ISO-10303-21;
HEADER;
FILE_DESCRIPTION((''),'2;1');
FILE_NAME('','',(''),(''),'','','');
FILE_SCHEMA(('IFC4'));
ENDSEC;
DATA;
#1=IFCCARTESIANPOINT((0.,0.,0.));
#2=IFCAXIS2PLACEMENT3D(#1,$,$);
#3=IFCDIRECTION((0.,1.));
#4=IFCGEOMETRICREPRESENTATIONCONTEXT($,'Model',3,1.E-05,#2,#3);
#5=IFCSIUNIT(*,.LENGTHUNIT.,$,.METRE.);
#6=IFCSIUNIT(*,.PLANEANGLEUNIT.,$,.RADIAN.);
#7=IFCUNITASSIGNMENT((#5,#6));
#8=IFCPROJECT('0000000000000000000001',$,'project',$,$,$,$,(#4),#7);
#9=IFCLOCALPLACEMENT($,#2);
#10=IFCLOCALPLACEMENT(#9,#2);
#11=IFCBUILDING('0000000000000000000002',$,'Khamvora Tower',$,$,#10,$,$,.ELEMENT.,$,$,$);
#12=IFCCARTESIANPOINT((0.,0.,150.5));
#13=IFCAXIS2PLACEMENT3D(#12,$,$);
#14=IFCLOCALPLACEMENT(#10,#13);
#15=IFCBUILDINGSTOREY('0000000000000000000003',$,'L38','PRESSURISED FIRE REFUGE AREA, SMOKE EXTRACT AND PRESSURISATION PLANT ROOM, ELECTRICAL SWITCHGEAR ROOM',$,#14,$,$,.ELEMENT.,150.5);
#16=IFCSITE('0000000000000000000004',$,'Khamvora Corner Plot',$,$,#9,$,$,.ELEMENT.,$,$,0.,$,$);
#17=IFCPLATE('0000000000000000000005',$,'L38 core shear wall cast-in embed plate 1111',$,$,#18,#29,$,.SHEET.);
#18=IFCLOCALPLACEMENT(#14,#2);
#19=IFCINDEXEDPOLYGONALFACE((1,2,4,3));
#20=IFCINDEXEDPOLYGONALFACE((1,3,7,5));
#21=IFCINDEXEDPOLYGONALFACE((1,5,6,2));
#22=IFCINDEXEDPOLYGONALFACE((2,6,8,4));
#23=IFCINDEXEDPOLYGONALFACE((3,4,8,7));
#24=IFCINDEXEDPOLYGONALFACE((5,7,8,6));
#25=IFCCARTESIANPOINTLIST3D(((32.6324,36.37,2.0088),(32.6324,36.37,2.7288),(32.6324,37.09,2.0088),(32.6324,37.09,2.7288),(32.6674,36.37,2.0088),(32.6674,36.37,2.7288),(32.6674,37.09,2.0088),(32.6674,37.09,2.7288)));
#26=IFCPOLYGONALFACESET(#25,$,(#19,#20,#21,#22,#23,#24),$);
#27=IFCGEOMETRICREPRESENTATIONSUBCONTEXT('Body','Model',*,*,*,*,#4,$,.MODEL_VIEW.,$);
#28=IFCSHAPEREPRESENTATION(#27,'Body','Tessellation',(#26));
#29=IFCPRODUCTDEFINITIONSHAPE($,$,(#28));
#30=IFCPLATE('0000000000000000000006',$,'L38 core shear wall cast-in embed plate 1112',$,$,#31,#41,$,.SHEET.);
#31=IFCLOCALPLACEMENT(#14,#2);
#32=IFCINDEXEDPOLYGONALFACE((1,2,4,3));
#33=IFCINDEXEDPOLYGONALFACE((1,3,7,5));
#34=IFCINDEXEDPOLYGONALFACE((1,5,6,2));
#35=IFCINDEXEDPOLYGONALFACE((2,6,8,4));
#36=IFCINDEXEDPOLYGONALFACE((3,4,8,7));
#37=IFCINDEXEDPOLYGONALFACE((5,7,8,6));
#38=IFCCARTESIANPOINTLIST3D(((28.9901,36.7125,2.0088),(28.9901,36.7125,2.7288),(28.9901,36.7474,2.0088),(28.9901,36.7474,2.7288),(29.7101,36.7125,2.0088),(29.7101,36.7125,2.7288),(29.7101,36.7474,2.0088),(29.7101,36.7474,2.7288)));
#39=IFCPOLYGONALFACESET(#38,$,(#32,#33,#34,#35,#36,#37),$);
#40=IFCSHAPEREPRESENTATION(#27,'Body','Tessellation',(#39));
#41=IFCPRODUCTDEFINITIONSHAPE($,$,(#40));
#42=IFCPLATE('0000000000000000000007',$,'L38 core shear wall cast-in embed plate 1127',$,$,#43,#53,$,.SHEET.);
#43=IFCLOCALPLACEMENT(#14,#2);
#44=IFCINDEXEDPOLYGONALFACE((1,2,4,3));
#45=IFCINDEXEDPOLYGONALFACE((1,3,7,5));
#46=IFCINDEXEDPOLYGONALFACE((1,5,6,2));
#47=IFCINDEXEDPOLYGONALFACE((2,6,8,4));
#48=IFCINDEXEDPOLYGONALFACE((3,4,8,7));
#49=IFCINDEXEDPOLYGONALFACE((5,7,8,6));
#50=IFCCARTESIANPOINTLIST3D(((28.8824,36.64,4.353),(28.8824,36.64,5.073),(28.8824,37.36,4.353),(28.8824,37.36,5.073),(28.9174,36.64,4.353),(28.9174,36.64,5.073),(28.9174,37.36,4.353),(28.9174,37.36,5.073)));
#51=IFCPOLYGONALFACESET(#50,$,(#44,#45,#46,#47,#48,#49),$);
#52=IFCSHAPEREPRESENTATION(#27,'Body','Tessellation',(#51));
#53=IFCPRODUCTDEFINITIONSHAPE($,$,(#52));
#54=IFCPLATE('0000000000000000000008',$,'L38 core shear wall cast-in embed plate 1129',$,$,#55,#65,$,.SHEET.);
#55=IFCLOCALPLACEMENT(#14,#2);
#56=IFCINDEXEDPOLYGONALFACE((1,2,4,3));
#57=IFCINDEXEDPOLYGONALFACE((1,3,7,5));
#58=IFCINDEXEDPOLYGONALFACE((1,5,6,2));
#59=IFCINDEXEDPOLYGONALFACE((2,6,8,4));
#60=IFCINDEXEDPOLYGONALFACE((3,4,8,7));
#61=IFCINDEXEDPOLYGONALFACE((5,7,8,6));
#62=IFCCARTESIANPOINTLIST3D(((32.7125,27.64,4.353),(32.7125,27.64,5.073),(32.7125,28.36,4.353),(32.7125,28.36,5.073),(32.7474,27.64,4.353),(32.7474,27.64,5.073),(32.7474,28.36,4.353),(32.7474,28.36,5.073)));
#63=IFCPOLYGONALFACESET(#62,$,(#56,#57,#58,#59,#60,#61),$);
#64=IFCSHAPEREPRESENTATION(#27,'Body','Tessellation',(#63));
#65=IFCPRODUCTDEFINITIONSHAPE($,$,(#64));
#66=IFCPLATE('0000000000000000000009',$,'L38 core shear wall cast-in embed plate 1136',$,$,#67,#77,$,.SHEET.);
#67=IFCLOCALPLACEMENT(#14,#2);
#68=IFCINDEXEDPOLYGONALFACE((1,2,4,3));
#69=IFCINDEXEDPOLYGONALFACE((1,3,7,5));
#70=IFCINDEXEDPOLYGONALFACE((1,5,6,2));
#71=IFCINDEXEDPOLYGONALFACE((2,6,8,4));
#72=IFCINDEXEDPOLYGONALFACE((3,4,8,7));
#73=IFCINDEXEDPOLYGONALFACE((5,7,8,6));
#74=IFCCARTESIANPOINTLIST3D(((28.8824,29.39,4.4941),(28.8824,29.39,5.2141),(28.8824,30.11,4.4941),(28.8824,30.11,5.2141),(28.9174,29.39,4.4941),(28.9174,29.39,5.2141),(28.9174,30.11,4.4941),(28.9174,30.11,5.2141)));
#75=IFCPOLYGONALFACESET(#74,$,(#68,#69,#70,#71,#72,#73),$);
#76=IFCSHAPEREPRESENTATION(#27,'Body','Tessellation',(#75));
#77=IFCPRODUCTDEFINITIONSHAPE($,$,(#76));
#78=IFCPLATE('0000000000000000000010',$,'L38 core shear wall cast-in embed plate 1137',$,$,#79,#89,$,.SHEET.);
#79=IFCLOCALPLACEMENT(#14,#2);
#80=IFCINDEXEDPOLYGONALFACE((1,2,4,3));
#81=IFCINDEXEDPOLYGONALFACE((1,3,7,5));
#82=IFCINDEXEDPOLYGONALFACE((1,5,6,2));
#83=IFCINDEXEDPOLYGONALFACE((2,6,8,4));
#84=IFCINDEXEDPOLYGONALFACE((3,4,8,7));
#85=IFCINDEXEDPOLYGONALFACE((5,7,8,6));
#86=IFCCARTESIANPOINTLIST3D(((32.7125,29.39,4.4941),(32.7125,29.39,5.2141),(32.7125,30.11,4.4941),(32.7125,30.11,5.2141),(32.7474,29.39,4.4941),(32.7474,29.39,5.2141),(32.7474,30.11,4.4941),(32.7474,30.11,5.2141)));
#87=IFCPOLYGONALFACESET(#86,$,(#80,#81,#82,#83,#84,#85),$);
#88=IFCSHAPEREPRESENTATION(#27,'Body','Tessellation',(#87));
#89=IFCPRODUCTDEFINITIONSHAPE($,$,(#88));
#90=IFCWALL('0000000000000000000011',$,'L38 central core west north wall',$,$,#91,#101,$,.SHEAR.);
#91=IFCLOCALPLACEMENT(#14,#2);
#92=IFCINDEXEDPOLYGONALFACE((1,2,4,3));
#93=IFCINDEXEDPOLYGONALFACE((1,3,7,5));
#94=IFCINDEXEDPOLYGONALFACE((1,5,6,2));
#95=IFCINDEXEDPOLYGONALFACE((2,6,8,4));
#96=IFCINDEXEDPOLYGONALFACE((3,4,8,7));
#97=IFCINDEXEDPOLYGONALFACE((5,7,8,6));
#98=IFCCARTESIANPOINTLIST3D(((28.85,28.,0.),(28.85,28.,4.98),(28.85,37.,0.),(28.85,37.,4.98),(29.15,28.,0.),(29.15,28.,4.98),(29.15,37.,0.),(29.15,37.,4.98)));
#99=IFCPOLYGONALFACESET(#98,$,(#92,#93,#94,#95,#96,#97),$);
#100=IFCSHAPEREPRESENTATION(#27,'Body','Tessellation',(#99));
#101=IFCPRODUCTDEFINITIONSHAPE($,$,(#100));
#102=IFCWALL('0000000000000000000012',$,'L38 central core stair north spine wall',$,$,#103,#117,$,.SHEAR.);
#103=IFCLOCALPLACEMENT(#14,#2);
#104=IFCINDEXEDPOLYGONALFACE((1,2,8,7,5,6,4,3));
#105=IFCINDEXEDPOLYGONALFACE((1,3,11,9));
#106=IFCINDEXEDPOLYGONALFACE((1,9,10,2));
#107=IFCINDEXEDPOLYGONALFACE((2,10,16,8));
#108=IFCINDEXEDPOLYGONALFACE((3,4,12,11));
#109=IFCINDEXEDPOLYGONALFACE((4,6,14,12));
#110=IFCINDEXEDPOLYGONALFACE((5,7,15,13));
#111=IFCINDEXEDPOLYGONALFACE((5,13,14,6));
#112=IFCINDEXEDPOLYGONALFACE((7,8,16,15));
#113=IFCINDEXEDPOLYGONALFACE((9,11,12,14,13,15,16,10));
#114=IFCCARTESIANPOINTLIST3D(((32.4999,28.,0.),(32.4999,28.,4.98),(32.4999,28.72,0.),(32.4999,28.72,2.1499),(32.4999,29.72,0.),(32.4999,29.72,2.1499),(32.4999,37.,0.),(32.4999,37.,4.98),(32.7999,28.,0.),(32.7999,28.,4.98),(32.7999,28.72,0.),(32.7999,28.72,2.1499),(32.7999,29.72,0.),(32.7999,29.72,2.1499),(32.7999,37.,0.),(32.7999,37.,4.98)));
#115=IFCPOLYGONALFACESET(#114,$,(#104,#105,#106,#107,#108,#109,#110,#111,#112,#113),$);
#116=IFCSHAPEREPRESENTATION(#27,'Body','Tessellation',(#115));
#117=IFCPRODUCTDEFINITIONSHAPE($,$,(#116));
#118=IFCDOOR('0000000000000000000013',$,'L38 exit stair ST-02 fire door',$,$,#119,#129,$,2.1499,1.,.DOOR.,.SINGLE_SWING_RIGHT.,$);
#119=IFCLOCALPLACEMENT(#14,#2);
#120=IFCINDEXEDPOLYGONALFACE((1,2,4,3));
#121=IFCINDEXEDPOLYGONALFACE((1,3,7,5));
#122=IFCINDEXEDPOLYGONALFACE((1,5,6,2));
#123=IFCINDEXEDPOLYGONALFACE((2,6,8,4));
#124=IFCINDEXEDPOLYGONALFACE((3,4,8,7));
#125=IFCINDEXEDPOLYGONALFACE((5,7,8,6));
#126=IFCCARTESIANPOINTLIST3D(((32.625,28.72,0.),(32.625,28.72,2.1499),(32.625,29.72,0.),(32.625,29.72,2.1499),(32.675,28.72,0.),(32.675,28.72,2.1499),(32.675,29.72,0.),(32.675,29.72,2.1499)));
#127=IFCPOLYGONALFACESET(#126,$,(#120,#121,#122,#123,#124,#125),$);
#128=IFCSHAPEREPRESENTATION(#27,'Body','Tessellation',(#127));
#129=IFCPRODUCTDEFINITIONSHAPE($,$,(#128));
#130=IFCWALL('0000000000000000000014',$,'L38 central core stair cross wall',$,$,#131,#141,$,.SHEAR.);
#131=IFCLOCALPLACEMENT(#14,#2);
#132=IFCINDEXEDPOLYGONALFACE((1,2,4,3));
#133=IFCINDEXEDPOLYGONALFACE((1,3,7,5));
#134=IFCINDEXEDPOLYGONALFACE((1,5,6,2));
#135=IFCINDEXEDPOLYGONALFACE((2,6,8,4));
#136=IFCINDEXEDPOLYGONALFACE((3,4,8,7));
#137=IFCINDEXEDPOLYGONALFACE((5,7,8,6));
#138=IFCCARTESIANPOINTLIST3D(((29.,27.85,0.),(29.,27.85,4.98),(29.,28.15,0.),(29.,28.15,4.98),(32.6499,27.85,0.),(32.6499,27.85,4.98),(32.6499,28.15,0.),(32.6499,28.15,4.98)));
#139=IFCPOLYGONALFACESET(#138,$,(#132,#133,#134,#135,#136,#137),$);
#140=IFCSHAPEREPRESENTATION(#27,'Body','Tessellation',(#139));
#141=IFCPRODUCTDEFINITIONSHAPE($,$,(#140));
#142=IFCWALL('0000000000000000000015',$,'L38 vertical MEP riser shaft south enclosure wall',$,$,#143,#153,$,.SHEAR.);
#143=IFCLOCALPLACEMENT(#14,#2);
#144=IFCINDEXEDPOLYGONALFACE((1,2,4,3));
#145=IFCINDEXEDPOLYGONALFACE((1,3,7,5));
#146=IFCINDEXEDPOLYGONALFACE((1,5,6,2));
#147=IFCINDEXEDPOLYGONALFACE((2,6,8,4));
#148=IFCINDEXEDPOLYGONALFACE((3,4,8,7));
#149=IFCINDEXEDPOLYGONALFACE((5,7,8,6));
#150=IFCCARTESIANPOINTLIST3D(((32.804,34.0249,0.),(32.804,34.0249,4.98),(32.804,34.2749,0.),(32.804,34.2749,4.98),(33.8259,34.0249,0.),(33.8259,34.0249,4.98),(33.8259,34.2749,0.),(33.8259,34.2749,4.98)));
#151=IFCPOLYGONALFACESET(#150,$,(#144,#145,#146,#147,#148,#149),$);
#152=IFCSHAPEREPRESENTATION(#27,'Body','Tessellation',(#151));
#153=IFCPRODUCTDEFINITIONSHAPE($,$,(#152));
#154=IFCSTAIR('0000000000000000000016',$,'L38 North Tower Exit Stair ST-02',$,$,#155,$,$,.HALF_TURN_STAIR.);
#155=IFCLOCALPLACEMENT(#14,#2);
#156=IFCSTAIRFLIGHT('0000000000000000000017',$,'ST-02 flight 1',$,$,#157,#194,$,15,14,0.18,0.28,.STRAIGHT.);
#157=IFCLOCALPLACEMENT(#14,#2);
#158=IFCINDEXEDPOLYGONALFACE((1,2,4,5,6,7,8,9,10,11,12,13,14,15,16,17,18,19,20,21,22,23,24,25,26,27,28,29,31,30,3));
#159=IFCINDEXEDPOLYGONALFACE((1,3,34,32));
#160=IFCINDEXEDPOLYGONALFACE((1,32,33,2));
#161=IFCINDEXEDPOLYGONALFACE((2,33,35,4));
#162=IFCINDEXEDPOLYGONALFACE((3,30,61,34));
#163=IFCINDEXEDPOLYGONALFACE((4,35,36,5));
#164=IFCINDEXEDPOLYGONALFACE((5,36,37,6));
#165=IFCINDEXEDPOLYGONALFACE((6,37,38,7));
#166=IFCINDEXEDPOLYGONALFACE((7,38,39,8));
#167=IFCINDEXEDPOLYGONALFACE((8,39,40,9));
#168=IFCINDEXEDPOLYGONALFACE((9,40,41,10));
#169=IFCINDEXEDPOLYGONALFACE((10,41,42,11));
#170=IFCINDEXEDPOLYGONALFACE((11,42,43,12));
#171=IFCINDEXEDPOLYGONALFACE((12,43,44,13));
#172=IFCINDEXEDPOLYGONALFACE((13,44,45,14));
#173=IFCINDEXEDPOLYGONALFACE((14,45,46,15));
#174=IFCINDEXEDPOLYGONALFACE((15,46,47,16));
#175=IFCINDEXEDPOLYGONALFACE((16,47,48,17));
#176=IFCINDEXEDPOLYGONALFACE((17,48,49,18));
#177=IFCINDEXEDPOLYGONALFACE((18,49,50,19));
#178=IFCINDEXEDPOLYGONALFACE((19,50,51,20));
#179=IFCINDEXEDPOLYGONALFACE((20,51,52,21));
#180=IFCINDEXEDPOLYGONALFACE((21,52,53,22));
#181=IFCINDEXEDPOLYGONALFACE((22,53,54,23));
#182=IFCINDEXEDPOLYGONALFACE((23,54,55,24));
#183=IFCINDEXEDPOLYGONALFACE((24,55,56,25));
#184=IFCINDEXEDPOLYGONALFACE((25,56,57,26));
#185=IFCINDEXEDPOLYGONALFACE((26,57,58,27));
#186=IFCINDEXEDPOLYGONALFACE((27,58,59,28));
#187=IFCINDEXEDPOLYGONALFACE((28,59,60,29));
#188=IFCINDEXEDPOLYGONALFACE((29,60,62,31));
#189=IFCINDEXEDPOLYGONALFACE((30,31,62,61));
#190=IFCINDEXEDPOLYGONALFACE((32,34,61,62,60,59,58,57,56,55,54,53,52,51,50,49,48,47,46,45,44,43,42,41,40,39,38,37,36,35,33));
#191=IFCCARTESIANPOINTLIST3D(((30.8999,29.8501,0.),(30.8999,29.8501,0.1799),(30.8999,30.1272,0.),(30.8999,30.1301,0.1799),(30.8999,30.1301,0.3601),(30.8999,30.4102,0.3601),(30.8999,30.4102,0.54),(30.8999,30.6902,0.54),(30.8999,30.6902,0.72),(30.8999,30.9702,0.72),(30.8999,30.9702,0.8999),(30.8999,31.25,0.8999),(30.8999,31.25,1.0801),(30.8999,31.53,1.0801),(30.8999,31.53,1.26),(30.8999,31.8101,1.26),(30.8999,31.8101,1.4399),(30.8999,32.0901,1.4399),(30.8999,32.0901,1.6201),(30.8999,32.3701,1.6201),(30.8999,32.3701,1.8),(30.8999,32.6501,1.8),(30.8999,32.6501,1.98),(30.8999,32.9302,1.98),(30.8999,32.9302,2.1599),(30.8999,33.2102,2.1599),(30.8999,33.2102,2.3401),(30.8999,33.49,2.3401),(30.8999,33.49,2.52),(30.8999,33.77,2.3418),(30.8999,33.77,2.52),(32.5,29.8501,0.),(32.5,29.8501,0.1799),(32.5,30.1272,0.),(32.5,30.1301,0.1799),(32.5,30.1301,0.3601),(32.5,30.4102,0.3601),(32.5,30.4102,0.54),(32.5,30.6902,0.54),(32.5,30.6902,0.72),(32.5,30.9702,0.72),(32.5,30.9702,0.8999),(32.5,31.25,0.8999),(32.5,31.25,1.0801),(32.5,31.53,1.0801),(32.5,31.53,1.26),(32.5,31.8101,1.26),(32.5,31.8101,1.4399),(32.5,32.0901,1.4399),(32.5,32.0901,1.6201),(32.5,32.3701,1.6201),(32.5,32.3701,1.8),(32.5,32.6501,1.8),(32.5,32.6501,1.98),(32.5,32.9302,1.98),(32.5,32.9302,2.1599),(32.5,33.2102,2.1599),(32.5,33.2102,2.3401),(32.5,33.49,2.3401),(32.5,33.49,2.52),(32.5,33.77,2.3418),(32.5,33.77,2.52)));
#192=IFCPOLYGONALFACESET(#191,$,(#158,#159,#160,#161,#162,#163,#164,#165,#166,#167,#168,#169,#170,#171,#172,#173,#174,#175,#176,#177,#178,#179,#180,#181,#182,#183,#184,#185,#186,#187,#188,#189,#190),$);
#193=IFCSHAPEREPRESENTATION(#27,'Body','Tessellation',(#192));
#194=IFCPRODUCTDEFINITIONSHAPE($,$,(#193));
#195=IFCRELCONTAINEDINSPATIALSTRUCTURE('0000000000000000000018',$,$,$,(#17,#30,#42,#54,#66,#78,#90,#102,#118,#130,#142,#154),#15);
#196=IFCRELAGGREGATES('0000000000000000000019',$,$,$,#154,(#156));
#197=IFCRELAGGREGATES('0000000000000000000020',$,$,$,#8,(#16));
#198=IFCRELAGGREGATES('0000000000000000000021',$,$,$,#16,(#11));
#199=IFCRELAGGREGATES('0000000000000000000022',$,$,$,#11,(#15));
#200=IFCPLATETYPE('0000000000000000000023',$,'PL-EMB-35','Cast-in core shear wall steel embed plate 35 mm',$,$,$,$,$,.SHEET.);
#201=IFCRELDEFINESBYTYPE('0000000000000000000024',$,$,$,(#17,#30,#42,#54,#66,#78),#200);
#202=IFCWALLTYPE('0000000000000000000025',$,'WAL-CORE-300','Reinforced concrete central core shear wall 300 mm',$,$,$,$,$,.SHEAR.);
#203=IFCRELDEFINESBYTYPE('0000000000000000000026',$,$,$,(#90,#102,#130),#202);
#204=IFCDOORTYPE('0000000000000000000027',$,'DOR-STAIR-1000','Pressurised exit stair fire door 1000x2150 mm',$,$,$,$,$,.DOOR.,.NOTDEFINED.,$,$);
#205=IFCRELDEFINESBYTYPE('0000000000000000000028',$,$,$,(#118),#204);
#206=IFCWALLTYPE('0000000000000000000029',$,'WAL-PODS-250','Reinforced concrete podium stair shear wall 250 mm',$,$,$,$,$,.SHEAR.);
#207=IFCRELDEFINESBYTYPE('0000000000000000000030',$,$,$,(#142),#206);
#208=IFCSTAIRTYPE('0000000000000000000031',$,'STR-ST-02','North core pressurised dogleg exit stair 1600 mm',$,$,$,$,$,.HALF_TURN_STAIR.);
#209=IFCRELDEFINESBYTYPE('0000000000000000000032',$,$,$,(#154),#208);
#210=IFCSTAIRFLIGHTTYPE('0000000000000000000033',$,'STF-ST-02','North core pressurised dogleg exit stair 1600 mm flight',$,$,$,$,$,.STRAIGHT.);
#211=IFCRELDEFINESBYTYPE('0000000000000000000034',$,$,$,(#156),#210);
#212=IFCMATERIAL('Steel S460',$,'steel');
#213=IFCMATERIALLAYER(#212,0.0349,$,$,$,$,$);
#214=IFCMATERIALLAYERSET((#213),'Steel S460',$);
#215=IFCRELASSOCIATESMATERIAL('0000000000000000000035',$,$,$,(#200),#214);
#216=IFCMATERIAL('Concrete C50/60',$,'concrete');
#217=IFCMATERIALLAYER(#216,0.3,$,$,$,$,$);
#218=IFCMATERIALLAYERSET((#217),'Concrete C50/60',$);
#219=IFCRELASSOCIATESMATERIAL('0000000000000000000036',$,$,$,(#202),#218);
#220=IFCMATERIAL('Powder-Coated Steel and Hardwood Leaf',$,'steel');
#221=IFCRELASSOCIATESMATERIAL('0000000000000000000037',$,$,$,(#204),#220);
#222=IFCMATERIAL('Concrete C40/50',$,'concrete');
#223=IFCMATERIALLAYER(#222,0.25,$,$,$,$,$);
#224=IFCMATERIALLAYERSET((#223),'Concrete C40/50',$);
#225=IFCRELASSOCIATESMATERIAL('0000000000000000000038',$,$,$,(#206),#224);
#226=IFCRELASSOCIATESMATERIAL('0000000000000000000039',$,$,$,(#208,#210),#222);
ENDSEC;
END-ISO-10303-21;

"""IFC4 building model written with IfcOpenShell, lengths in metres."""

from ifc_helpers import new_model, si_unit, direction, frame, frame_2d, origin, origin_2d, place, context, subcontext, project, spatial, polyline, rectangle, outline, extrude, material, layer, layer_set, type_object, element, fill, aggregate, save


model = new_model("IFC4")

# Units and contexts
model_context = context("Model", 3, precision=1e-05, world=origin(), true_north=direction((0.0, 1.0)))
body_context = subcontext(model_context, "Body", "Model", "MODEL_VIEW")
ifc_project = project(units=[si_unit("LENGTHUNIT", "METRE"), si_unit("PLANEANGLEUNIT", "RADIAN")], contexts=[model_context])

# Site, building, storey
site_placement = place(None, origin())
site = spatial("IfcSite", under=ifc_project, at=site_placement, Name="Khamvora Corner Plot", CompositionType="ELEMENT", RefElevation=0.0)
building_placement = place(site_placement, origin())
building = spatial("IfcBuilding", under=site, at=building_placement, Name="Khamvora Tower", CompositionType="ELEMENT")
storey_placement = place(building_placement, frame((0.0, 0.0, 150.5)))
storey = spatial("IfcBuildingStorey", under=building, at=storey_placement, Name="L38", Description="PRESSURISED FIRE REFUGE AREA, SMOKE EXTRACT AND PRESSURISATION PLANT ROOM, ELECTRICAL SWITCHGEAR ROOM", CompositionType="ELEMENT", Elevation=150.5)

# Shared definitions
ifc_material_1 = material(Name="Steel S460", Category="steel")

# Plates
ifc_layer_1 = layer(ifc_material_1, 0.0349)
ifc_layer_set_1 = layer_set([ifc_layer_1], Name="Steel S460")
plate_type_1 = type_object("IfcPlateType", Name="PL-EMB-35", Description="Cast-in core shear wall steel embed plate 35 mm", PredefinedType="SHEET", material=ifc_layer_set_1)
for number, where, z_axis, x_axis, name in (
    (1, (32.6499, 36.73, 2.0088), (0.0, 0.0, 1.0), (1.0, 0.0, 0.0), "L38 core shear wall cast-in embed plate 1111"),
):
    element("IfcPlate", number, at=place(storey_placement, frame(where, z_axis=z_axis, x_axis=x_axis)), inside=storey, type_object=plate_type_1, Name=name, PredefinedType="SHEET", context=body_context, shape_type="SweptSolid", body=[
        extrude(rectangle(XDim=0.0349, YDim=0.72, at=origin_2d()), origin(), (0.0, 0.0, 1.0), 0.72),
    ])
plate_1_placement = place(storey_placement, frame((29.3501, 36.73, 2.0088), z_axis=(0.0, 0.0, 1.0), x_axis=(1.0, 0.0, 0.0)))
element("IfcPlate", 2, at=plate_1_placement, inside=storey, type_object=plate_type_1, Name="L38 core shear wall cast-in embed plate 1112", PredefinedType="SHEET", context=body_context, shape_type="SweptSolid", body=[
    extrude(rectangle(XDim=0.72, YDim=0.0349, at=origin_2d()), origin(), (0.0, 0.0, 1.0), 0.72),
])
for number, where, z_axis, x_axis, name in (
    (3, (28.8999, 37.0, 4.353), (0.0, 0.0, 1.0), (1.0, 0.0, 0.0), "L38 core shear wall cast-in embed plate 1127"),
    (4, (32.73, 28.0, 4.353), (0.0, 0.0, 1.0), (1.0, 0.0, 0.0), "L38 core shear wall cast-in embed plate 1129"),
    (5, (28.8999, 29.75, 4.4941), (0.0, 0.0, 1.0), (1.0, 0.0, 0.0), "L38 core shear wall cast-in embed plate 1136"),
    (6, (32.73, 29.75, 4.4941), (0.0, 0.0, 1.0), (1.0, 0.0, 0.0), "L38 core shear wall cast-in embed plate 1137"),
):
    element("IfcPlate", number, at=place(storey_placement, frame(where, z_axis=z_axis, x_axis=x_axis)), inside=storey, type_object=plate_type_1, Name=name, PredefinedType="SHEET", context=body_context, shape_type="SweptSolid", body=[
        extrude(rectangle(XDim=0.0349, YDim=0.72, at=origin_2d()), origin(), (0.0, 0.0, 1.0), 0.72),
    ])

# Wall
ifc_material_2 = material(Name="Concrete C50/60", Category="concrete")
ifc_layer_2 = layer(ifc_material_2, 0.3)
ifc_layer_set_2 = layer_set([ifc_layer_2], Name="Concrete C50/60")
wall_type_1 = type_object("IfcWallType", Name="WAL-CORE-300", Description="Reinforced concrete central core shear wall 300 mm", PredefinedType="SHEAR", material=ifc_layer_set_2)
wall_1_placement = place(storey_placement, frame((29.0, 28.0, 0.0), z_axis=(0.0, 0.0, 1.0), x_axis=(0.0, 1.0, 0.0)))
element("IfcWall", 7, at=wall_1_placement, inside=storey, type_object=wall_type_1, Name="L38 central core west north wall", PredefinedType="SHEAR", context=body_context, shape_type="SweptSolid", body=[
    extrude(rectangle(XDim=9.0, YDim=0.3, at=frame_2d((4.5, 0.0))), origin(), (0.0, 0.0, 1.0), 4.98),
])

# Wall, opening, door
wall_2_placement = place(storey_placement, frame((32.6499, 28.0, 0.0), z_axis=(0.0, 0.0, 1.0), x_axis=(0.0, 1.0, 0.0)))
wall_2 = element("IfcWall", 8, at=wall_2_placement, inside=storey, type_object=wall_type_1, Name="L38 central core stair north spine wall", PredefinedType="SHEAR", context=body_context, shape_type="SweptSolid", body=[
    extrude(rectangle(XDim=9.0, YDim=0.3, at=frame_2d((4.5, 0.0))), origin(), (0.0, 0.0, 1.0), 4.98),
])
opening_placement = place(wall_2_placement, frame((0.72, 0.0, 0.0)))
opening = element("IfcOpeningElement", 9, at=opening_placement, cuts=wall_2, PredefinedType="OPENING", context=body_context, shape_type="SweptSolid", body=[
    extrude(rectangle(XDim=1.0, YDim=2.1499, at=frame_2d((0.5, 1.075))), frame((0.0, 0.1599, 0.0), z_axis=(0.0, -1.0, 0.0), x_axis=(1.0, 0.0, 0.0)), (0.0, 0.0, 1.0), 0.3201),
])
ifc_material_3 = material(Name="Powder-Coated Steel and Hardwood Leaf", Category="steel")
door_type = type_object("IfcDoorType", Name="DOR-STAIR-1000", Description="Pressurised exit stair fire door 1000x2150 mm", OperationType="NOTDEFINED", PredefinedType="DOOR", material=ifc_material_3)
door_placement = place(opening_placement, origin())
door = element("IfcDoor", 10, at=door_placement, inside=storey, type_object=door_type, Name="L38 exit stair ST-02 fire door", OperationType="SINGLE_SWING_RIGHT", OverallHeight=2.1499, OverallWidth=1.0, PredefinedType="DOOR", context=body_context, shape_type="SweptSolid", body=[
    extrude(rectangle(XDim=1.0, YDim=2.1499, at=frame_2d((0.5, 1.075))), frame((0.0, 0.0249, 0.0), z_axis=(0.0, -1.0, 0.0), x_axis=(1.0, 0.0, 0.0)), (0.0, 0.0, 1.0), 0.05),
])
fill(opening, door)

# Walls
wall_3_placement = place(storey_placement, frame((29.0, 28.0, 0.0), z_axis=(0.0, 0.0, 1.0), x_axis=(1.0, 0.0, 0.0)))
element("IfcWall", 11, at=wall_3_placement, inside=storey, type_object=wall_type_1, Name="L38 central core stair cross wall", PredefinedType="SHEAR", context=body_context, shape_type="SweptSolid", body=[
    extrude(rectangle(XDim=3.6499, YDim=0.3, at=frame_2d((1.825, 0.0))), origin(), (0.0, 0.0, 1.0), 4.98),
])
ifc_material_4 = material(Name="Concrete C40/50", Category="concrete")
ifc_layer_3 = layer(ifc_material_4, 0.25)
ifc_layer_set_3 = layer_set([ifc_layer_3], Name="Concrete C40/50")
wall_type_2 = type_object("IfcWallType", Name="WAL-PODS-250", Description="Reinforced concrete podium stair shear wall 250 mm", PredefinedType="SHEAR", material=ifc_layer_set_3)
wall_4_placement = place(storey_placement, frame((32.804, 34.1499, 0.0), z_axis=(0.0, 0.0, 1.0), x_axis=(1.0, 0.0, 0.0)))
element("IfcWall", 12, at=wall_4_placement, inside=storey, type_object=wall_type_2, Name="L38 vertical MEP riser shaft south enclosure wall", PredefinedType="SHEAR", context=body_context, shape_type="SweptSolid", body=[
    extrude(rectangle(XDim=1.022, YDim=0.25, at=frame_2d((0.511, 0.0))), origin(), (0.0, 0.0, 1.0), 4.98),
])

# Stair, stair flight
stair_type = type_object("IfcStairType", Name="STR-ST-02", Description="North core pressurised dogleg exit stair 1600 mm", PredefinedType="HALF_TURN_STAIR", material=ifc_material_4)
stair_placement = place(storey_placement, origin())
stair = element("IfcStair", 13, at=stair_placement, inside=storey, type_object=stair_type, Name="L38 North Tower Exit Stair ST-02", PredefinedType="HALF_TURN_STAIR")
stair_flight_type = type_object("IfcStairFlightType", Name="STF-ST-02", Description="North core pressurised dogleg exit stair 1600 mm flight", PredefinedType="STRAIGHT", material=ifc_material_4)
stair_flight_1_placement = place(storey_placement, frame((31.7, 29.8501, 0.0), z_axis=(0.0, 0.0, 1.0), x_axis=(0.0, 1.0, 0.0)))
stair_flight_1 = element("IfcStairFlight", 14, at=stair_flight_1_placement, type_object=stair_flight_type, Name="ST-02 flight 1", NumberOfRisers=15, NumberOfTreads=14, PredefinedType="STRAIGHT", RiserHeight=0.18, TreadLength=0.28, context=body_context, shape_type="SweptSolid", body=[
    extrude(outline(polyline([(0.0, 0.0), (0.0, 0.1799), (0.28, 0.1799), (0.28, 0.3601), (0.5601, 0.3601), (0.5601, 0.54), (0.8401, 0.54), (0.8401, 0.72), (1.1201, 0.72), (1.1201, 0.8999), (1.3999, 0.8999), (1.3999, 1.0801), (1.6799, 1.0801), (1.6799, 1.26), (1.96, 1.26), (1.96, 1.4399), (2.24, 1.4399), (2.24, 1.6201), (2.52, 1.6201), (2.52, 1.8), (2.8, 1.8), (2.8, 1.98), (3.0801, 1.98), (3.0801, 2.1599), (3.3601, 2.1599), (3.3601, 2.3401), (3.6399, 2.3401), (3.6399, 2.52), (3.9199, 2.52), (3.9199, 2.7), (3.9199, 2.3418), (0.2771, 0.0), (0.0, 0.0)])), frame((0.0, 0.8, 0.0), z_axis=(0.0, -1.0, 0.0), x_axis=(1.0, 0.0, 0.0)), (0.0, 0.0, 1.0), 1.6001),
])
aggregate(stair, [stair_flight_1])

save(model, "model.ifc")
